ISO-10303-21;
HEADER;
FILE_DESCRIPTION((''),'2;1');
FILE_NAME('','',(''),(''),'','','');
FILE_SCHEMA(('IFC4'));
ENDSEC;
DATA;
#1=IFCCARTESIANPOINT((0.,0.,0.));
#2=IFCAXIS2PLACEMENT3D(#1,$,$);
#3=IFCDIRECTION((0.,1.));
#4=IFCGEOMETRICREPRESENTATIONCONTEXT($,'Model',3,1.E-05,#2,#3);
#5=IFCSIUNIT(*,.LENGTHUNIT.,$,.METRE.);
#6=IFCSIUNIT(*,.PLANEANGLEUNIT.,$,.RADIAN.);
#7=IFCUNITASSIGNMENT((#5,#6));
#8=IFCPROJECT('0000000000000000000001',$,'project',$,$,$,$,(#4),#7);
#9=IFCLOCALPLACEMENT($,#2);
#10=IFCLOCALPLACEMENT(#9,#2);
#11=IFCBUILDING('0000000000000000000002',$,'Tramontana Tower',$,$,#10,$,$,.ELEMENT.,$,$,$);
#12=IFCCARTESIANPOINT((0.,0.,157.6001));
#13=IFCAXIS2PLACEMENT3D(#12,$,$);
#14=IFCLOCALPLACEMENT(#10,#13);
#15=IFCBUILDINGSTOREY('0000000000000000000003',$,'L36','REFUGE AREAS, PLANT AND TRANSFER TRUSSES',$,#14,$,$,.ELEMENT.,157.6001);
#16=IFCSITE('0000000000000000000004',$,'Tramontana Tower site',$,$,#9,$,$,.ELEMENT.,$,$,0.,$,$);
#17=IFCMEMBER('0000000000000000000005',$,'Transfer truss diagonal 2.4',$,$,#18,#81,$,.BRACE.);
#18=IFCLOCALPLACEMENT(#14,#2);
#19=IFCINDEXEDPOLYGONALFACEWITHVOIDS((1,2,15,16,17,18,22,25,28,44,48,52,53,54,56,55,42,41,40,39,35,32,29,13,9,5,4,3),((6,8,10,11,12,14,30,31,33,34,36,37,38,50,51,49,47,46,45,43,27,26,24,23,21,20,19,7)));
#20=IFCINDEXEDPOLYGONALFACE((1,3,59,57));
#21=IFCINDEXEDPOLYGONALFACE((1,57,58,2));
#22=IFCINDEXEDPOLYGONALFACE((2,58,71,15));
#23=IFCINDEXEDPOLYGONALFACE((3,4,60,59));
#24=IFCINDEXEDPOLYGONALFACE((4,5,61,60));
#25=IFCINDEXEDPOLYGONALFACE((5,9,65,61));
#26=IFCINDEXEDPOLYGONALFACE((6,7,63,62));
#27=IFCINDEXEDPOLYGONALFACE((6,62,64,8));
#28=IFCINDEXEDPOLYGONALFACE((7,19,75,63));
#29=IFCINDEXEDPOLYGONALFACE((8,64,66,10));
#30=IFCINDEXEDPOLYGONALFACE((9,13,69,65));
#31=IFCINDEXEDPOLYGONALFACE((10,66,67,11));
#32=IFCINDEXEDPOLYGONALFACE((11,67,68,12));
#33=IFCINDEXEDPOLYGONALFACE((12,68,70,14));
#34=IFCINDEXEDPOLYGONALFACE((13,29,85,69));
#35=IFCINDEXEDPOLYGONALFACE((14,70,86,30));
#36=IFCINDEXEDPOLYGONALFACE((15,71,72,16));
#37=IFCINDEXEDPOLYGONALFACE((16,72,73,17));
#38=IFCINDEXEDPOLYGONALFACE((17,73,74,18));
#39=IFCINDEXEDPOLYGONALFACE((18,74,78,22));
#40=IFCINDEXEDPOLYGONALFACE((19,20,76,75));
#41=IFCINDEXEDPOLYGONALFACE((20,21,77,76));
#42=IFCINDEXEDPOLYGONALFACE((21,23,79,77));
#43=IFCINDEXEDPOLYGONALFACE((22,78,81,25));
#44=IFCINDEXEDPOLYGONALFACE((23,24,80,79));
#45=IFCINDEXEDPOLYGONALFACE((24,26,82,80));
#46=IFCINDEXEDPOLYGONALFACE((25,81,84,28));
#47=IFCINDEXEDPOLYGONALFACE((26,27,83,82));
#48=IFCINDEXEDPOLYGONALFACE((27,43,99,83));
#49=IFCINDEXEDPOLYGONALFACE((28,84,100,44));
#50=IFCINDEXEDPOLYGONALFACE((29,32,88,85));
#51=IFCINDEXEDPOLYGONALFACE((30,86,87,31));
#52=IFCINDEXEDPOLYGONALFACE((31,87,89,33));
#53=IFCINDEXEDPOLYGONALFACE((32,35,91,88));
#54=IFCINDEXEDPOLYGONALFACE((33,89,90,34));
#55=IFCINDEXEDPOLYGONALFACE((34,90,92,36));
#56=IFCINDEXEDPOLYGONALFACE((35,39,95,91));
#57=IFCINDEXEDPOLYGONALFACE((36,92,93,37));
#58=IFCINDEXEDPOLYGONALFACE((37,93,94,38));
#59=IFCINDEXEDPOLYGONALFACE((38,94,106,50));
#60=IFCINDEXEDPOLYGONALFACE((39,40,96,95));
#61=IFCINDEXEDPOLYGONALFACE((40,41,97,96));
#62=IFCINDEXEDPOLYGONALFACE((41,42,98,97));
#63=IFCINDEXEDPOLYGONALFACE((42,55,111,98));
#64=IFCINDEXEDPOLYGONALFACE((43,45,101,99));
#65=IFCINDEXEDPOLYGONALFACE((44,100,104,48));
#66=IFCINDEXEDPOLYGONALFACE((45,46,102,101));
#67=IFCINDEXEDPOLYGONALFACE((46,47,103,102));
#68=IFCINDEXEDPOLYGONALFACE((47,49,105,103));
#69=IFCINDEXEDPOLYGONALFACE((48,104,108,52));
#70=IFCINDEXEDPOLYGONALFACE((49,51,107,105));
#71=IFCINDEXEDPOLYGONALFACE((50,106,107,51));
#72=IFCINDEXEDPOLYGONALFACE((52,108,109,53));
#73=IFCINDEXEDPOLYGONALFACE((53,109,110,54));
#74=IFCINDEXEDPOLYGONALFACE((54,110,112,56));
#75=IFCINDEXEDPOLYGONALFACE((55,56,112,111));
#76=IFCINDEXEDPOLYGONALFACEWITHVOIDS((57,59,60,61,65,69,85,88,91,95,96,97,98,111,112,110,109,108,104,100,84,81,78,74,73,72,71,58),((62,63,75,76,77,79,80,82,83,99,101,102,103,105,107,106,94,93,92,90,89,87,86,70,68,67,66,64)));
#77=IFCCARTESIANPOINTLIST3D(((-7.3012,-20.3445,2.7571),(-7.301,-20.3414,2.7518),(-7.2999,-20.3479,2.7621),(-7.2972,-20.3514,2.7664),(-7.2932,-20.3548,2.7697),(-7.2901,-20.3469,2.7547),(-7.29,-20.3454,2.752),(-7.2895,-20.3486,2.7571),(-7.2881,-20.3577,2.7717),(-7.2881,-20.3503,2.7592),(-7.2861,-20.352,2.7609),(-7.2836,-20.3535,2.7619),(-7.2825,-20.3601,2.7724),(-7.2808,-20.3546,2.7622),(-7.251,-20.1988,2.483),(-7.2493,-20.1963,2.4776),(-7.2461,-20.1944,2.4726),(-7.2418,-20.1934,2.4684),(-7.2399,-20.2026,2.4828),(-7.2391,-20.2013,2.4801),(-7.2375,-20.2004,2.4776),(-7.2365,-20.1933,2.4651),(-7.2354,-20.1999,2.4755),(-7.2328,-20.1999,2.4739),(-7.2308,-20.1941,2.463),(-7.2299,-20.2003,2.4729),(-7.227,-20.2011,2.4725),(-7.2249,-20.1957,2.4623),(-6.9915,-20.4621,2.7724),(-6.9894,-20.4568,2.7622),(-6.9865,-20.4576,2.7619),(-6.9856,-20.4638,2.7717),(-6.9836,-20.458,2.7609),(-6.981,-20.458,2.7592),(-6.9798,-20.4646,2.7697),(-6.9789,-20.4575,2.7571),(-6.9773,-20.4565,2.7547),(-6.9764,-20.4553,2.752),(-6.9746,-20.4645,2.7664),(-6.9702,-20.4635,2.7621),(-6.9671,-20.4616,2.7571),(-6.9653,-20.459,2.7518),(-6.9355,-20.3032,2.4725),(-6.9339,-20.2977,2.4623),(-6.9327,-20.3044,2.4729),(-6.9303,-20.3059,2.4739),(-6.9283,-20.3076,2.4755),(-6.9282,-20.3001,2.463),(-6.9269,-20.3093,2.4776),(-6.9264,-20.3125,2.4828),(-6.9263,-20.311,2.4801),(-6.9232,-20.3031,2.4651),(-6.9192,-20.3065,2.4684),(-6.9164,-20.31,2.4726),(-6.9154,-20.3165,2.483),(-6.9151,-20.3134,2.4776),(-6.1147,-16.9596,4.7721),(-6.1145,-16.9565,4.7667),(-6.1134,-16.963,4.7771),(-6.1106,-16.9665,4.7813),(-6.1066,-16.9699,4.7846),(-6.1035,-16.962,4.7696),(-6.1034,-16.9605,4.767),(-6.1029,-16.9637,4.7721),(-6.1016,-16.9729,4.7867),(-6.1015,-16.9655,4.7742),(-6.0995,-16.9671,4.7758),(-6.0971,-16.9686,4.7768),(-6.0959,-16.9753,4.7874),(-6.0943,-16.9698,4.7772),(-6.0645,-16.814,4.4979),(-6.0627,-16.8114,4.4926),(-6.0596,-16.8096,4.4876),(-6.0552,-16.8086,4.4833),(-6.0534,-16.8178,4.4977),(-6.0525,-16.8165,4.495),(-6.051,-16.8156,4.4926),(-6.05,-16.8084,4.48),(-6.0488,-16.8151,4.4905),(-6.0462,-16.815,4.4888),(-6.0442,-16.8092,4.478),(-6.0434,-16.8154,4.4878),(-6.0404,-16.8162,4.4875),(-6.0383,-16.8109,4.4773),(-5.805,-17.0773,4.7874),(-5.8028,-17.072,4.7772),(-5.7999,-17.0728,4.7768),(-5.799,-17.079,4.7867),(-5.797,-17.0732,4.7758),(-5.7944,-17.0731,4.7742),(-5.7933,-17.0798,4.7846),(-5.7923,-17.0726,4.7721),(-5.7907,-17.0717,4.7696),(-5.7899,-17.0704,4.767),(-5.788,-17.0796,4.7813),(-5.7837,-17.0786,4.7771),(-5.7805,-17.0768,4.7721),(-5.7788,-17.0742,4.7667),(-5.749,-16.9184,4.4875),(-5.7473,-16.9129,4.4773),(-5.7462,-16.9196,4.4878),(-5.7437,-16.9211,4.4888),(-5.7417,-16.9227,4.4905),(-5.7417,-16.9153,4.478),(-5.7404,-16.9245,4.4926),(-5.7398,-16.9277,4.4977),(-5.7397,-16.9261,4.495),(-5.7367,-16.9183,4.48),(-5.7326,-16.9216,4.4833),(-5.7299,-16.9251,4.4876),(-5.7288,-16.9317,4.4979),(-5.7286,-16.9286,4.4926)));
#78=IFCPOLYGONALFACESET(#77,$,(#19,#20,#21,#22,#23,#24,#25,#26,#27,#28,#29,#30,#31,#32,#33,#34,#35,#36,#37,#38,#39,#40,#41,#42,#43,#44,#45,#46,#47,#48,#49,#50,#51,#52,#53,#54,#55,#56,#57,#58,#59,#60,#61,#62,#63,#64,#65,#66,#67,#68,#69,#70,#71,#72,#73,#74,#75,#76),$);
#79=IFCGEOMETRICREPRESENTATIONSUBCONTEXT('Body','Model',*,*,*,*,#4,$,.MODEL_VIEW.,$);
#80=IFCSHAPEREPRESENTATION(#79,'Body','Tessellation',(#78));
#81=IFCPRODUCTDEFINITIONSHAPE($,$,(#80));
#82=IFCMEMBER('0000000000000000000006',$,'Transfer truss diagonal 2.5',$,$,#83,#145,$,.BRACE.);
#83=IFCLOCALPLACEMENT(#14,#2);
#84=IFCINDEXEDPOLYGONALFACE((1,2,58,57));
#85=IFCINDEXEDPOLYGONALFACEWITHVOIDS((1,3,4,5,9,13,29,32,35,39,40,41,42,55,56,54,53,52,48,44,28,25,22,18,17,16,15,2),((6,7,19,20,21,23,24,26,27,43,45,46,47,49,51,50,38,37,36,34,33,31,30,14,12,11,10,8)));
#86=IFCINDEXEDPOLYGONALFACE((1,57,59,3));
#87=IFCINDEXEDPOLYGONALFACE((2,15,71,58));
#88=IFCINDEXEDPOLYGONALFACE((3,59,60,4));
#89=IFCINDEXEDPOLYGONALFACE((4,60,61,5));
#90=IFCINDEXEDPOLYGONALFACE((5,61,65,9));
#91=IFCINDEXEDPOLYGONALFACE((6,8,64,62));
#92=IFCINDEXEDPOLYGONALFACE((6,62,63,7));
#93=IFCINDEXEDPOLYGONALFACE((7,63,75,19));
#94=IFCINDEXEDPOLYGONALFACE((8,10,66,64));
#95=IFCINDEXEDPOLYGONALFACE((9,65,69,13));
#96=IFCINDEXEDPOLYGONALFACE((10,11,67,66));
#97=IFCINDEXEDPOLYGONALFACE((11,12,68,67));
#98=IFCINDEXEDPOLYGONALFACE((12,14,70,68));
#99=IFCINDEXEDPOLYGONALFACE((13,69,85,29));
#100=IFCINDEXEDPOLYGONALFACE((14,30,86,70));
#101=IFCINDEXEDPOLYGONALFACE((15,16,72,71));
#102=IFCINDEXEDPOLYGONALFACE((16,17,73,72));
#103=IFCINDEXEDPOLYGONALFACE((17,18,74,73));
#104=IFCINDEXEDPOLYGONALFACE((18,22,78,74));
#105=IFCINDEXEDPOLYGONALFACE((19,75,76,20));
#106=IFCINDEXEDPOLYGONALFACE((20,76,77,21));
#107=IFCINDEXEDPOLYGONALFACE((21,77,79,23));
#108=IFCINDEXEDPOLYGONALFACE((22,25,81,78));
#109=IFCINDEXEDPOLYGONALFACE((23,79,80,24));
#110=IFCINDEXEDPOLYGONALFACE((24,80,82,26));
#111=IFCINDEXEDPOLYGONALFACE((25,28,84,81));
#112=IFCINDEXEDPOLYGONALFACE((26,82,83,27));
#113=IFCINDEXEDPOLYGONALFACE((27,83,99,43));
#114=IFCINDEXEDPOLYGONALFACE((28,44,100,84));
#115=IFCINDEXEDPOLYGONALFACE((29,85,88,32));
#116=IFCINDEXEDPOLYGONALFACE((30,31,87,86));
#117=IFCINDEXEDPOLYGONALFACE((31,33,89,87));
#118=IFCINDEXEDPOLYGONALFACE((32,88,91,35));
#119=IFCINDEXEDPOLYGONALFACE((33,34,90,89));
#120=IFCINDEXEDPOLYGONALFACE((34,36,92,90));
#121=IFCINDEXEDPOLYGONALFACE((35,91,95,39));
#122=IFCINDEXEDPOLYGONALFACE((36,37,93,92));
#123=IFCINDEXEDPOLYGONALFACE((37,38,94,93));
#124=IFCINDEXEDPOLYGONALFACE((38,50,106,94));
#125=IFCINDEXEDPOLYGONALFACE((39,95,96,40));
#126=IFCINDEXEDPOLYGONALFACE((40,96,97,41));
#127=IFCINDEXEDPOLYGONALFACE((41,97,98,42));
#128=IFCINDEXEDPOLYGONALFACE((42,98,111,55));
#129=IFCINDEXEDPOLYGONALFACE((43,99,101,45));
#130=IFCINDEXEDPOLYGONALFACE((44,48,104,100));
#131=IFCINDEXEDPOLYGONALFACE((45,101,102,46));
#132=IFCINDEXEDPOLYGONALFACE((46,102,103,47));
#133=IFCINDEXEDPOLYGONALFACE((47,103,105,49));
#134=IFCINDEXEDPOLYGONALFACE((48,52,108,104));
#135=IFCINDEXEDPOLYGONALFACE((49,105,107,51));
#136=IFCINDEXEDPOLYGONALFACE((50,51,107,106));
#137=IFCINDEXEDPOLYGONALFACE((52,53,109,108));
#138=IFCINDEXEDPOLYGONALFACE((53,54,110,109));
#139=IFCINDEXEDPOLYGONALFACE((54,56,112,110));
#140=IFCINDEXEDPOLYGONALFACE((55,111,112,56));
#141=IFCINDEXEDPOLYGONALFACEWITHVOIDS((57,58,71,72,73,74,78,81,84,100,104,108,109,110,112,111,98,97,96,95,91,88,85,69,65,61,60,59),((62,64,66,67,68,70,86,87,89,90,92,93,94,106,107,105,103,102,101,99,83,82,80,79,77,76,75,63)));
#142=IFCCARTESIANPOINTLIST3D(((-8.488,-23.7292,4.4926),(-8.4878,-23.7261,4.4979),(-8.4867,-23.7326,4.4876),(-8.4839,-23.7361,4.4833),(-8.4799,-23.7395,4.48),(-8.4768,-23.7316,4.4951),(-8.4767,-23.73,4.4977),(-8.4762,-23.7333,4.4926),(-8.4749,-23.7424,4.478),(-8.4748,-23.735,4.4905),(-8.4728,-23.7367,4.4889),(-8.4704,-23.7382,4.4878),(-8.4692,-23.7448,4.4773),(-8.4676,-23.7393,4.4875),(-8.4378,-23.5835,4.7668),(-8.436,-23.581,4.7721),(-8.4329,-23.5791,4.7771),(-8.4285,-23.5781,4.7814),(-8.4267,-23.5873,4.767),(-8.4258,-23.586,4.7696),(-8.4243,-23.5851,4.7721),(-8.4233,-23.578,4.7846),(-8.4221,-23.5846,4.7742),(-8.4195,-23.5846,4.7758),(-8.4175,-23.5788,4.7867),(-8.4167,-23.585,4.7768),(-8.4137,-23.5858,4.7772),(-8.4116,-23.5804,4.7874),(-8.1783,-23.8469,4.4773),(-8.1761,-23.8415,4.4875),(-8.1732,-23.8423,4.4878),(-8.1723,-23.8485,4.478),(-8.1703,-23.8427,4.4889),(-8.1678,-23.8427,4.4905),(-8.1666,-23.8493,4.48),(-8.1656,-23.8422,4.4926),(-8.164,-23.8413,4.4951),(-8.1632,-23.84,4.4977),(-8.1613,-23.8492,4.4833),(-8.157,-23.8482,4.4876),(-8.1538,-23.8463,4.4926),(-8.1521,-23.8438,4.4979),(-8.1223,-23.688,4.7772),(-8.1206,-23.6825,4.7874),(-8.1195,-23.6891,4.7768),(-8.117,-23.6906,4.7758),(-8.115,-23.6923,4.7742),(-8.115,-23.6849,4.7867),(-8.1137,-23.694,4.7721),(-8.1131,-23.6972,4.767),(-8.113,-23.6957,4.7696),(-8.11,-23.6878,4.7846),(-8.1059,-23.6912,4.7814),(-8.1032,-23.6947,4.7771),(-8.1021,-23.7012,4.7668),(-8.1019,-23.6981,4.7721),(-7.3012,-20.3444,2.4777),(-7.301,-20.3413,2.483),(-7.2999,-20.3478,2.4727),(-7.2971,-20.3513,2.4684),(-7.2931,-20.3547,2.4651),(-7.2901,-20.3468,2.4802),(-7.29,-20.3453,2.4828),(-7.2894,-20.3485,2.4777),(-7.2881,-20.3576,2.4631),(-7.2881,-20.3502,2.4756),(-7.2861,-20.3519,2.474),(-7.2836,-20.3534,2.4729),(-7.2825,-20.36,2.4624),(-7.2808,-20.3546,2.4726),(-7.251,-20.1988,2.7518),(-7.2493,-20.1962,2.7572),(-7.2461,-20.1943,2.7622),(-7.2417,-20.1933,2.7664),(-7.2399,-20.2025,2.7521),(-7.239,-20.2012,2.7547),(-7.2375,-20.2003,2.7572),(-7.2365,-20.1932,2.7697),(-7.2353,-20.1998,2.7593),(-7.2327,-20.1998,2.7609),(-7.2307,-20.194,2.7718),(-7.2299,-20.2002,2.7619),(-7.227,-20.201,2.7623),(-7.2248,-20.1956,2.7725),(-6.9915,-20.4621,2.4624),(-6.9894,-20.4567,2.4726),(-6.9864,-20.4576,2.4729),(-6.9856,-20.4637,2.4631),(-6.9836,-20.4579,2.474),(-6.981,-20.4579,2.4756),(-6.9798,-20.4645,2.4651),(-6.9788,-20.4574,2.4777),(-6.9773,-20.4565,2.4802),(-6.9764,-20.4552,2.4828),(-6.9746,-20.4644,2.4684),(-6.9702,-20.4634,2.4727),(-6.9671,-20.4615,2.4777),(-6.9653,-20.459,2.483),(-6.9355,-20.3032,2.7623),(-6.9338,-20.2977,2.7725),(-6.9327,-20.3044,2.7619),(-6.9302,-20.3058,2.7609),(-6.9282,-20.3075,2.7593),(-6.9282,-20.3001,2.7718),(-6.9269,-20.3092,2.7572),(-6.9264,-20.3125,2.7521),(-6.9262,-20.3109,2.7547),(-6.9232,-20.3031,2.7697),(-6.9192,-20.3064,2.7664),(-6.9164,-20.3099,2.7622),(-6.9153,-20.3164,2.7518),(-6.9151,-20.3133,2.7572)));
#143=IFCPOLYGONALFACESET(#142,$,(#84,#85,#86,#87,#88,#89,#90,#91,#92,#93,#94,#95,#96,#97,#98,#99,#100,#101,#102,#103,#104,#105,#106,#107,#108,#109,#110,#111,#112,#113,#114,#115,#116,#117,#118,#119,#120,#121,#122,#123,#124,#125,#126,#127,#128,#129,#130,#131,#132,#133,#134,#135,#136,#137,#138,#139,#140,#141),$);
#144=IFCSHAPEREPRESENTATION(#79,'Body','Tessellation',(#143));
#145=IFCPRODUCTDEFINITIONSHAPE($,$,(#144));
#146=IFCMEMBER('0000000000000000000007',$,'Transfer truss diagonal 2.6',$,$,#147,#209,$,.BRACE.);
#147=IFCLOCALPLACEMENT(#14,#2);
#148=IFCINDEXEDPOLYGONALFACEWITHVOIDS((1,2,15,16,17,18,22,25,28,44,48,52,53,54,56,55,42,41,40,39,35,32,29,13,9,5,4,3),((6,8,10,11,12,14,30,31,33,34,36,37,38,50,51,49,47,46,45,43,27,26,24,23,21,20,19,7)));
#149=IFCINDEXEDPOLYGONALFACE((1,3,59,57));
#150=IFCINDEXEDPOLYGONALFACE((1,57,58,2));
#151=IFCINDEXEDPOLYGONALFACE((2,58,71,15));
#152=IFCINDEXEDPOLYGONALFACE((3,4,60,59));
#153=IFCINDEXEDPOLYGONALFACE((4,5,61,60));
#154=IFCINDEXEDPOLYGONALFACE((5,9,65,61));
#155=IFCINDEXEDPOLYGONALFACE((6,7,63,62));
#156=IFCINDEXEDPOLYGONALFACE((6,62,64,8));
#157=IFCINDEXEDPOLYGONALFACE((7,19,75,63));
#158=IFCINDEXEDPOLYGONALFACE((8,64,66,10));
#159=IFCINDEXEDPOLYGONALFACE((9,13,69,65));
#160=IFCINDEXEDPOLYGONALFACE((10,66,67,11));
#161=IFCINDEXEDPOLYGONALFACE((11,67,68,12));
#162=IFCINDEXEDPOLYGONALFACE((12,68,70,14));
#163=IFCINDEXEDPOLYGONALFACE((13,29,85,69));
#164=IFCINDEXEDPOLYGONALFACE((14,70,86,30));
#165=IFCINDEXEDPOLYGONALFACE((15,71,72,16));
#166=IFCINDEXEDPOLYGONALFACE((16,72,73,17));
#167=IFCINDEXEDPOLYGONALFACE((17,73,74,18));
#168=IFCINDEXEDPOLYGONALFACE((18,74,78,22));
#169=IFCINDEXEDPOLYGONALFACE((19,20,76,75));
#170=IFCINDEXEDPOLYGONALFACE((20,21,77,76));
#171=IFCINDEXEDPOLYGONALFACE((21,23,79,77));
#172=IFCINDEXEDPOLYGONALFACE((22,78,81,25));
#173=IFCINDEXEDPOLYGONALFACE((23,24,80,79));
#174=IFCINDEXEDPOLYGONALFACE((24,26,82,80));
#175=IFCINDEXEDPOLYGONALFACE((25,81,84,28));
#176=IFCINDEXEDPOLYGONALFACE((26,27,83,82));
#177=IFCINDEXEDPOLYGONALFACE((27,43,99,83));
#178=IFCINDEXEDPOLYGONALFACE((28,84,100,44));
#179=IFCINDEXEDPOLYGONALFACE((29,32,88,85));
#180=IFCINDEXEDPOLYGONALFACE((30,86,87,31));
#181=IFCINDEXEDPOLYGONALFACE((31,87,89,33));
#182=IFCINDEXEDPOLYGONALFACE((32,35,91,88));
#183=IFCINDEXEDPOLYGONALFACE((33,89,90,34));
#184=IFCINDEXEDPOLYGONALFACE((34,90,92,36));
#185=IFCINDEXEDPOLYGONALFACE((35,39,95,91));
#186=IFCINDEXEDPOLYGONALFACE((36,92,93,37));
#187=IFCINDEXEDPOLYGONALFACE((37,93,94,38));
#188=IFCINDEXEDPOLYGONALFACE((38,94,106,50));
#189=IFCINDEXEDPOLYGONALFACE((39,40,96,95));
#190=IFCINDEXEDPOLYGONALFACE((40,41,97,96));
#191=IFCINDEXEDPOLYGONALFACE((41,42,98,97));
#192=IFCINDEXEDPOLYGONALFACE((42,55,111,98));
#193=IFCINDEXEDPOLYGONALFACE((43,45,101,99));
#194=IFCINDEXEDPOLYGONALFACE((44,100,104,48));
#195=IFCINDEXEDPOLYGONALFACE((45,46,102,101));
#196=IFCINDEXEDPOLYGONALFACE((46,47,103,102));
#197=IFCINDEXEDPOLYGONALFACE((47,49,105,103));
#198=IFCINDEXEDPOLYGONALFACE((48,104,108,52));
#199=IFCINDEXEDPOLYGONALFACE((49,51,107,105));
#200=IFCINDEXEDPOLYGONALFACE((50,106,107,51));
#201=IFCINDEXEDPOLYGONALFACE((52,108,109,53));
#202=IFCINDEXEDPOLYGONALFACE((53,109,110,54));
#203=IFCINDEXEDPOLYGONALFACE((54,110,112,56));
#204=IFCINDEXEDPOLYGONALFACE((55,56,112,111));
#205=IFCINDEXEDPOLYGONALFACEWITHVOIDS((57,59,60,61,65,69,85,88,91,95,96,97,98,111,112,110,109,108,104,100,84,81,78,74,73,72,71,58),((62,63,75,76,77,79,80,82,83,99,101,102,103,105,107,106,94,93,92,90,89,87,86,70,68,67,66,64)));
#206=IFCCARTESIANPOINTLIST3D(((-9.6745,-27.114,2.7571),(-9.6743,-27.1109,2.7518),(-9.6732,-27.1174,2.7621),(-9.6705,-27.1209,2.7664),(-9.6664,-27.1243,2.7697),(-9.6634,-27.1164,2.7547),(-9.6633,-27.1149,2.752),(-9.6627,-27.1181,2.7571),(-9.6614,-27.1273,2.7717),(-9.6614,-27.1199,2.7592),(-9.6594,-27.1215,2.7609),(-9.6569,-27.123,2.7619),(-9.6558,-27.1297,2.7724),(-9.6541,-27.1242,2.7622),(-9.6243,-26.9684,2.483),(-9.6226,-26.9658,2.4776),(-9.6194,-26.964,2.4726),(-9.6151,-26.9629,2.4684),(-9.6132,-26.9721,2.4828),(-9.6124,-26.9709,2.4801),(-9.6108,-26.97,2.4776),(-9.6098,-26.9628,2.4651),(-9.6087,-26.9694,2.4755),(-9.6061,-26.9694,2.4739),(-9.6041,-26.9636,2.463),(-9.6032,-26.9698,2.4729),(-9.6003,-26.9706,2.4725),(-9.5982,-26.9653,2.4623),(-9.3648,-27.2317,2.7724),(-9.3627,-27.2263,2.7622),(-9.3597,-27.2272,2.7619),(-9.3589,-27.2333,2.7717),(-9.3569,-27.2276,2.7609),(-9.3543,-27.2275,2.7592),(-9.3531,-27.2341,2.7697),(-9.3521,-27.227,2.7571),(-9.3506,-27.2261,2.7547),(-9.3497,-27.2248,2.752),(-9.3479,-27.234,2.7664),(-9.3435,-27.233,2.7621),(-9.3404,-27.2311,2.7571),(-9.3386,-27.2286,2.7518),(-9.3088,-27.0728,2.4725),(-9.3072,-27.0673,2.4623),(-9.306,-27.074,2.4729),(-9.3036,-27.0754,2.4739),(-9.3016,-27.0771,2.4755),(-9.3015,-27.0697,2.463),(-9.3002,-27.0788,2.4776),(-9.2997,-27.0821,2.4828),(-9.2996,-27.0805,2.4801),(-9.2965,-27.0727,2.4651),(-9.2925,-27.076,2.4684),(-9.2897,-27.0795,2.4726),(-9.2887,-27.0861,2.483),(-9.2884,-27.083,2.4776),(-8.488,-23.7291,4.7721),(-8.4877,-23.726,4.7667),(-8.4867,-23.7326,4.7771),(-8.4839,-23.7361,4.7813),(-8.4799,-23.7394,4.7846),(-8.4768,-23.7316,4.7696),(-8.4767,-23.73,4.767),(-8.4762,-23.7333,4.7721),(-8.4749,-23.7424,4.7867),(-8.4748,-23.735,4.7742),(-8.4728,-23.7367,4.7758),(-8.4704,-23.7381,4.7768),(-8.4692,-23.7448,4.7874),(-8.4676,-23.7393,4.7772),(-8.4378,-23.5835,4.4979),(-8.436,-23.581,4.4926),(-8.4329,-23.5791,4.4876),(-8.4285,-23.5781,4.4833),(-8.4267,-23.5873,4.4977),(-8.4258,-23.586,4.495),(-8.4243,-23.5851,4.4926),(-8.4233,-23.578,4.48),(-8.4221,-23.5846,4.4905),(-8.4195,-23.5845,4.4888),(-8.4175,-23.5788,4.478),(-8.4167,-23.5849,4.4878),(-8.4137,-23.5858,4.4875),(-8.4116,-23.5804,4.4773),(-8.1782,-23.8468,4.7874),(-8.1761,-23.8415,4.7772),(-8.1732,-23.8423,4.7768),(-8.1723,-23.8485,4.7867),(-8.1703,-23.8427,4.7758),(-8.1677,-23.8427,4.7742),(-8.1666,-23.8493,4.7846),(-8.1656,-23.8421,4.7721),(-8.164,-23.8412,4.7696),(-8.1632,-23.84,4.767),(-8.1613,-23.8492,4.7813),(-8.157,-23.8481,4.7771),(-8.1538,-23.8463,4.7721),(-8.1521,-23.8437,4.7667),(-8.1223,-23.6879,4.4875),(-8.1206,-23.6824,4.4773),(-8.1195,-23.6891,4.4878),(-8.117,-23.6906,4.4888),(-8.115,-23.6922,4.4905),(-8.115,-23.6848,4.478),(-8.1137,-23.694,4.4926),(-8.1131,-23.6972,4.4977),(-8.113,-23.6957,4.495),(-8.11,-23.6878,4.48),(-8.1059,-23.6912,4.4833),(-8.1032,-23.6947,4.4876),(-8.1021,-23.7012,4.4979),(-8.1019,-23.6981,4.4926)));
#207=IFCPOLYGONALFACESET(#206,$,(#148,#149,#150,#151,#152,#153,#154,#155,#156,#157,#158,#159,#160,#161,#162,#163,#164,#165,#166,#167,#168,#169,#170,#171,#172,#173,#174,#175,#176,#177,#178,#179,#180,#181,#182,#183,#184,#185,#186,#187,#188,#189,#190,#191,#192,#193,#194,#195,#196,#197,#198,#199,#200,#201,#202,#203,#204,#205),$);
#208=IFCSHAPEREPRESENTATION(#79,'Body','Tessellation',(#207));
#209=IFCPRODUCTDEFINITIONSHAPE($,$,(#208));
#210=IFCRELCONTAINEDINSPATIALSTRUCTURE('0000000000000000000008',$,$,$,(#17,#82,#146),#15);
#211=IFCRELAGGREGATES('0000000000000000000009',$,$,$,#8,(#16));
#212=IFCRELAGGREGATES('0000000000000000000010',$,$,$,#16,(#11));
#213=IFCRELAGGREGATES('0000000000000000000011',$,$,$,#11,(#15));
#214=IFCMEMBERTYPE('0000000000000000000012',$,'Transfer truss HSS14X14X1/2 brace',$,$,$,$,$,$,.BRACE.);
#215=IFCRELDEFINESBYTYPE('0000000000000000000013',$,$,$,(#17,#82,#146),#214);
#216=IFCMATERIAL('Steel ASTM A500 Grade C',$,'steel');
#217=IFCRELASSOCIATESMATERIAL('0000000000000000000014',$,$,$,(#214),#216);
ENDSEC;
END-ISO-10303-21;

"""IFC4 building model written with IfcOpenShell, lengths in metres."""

from ifc_helpers import new_model, si_unit, direction, frame, origin, origin_2d, place, context, subcontext, project, spatial, hollow_rectangle, extrude, material, material_profile, profile_set, type_object, element, save


model = new_model("IFC4")

# Units and contexts
model_context = context("Model", 3, precision=1e-05, world=origin(), true_north=direction((0.0, 1.0)))
body_context = subcontext(model_context, "Body", "Model", "MODEL_VIEW")
ifc_project = project(units=[si_unit("LENGTHUNIT", "METRE"), si_unit("PLANEANGLEUNIT", "RADIAN")], contexts=[model_context])

# Site, building, storey
site_placement = place(None, origin())
site = spatial("IfcSite", under=ifc_project, at=site_placement, Name="Tramontana Tower site", CompositionType="ELEMENT", RefElevation=0.0)
building_placement = place(site_placement, origin())
building = spatial("IfcBuilding", under=site, at=building_placement, Name="Tramontana Tower", CompositionType="ELEMENT")
storey_placement = place(building_placement, frame((0.0, 0.0, 157.6001)))
storey = spatial("IfcBuildingStorey", under=building, at=storey_placement, Name="L36", Description="REFUGE AREAS, PLANT AND TRANSFER TRUSSES", CompositionType="ELEMENT", Elevation=157.6001)

# Members
ifc_material_1 = material(Name="Steel ASTM A500 Grade C", Category="steel")
ifc_material_profile_1 = material_profile(ifc_material_1, hollow_rectangle(XDim=0.3557, YDim=0.3557, WallThickness=0.0117, InnerFilletRadius=0.0117, OuterFilletRadius=0.0237, at=origin_2d()), Name="HSS14X14X1/2")
ifc_profile_set_1 = profile_set([ifc_material_profile_1], Name="Steel ASTM A500 Grade C")
member_type_1 = type_object("IfcMemberType", Name="Transfer truss HSS14X14X1/2 brace", PredefinedType="BRACE", material=ifc_profile_set_1)
for number, where, z_axis, x_axis, name in (
    (1, (-5.9216, -16.9441, 4.6323), (-0.288417, -0.822761, -0.489775), (0.943697, -0.330811, 0.0), "Transfer truss diagonal 2.4"),
    (2, (-7.1082, -20.3289, 2.6174), (-0.288472, -0.822747, 0.489767), (0.943676, -0.330872, 0.0), "Transfer truss diagonal 2.5"),
    (3, (-8.2949, -23.7136, 4.6323), (-0.288417, -0.822761, -0.489775), (0.943697, -0.330811, 0.0), "Transfer truss diagonal 2.6"),
):
    element("IfcMember", number, at=place(storey_placement, frame(where, z_axis=z_axis, x_axis=x_axis)), inside=storey, type_object=member_type_1, Name=name, PredefinedType="BRACE", context=body_context, shape_type="SweptSolid", body=[
        extrude(hollow_rectangle(XDim=0.3557, YDim=0.3557, WallThickness=0.0117, InnerFilletRadius=0.0117, OuterFilletRadius=0.0237, at=origin_2d()), origin(), (0.0, 0.0, 1.0), 4.114),
    ])

save(model, "model.ifc")
